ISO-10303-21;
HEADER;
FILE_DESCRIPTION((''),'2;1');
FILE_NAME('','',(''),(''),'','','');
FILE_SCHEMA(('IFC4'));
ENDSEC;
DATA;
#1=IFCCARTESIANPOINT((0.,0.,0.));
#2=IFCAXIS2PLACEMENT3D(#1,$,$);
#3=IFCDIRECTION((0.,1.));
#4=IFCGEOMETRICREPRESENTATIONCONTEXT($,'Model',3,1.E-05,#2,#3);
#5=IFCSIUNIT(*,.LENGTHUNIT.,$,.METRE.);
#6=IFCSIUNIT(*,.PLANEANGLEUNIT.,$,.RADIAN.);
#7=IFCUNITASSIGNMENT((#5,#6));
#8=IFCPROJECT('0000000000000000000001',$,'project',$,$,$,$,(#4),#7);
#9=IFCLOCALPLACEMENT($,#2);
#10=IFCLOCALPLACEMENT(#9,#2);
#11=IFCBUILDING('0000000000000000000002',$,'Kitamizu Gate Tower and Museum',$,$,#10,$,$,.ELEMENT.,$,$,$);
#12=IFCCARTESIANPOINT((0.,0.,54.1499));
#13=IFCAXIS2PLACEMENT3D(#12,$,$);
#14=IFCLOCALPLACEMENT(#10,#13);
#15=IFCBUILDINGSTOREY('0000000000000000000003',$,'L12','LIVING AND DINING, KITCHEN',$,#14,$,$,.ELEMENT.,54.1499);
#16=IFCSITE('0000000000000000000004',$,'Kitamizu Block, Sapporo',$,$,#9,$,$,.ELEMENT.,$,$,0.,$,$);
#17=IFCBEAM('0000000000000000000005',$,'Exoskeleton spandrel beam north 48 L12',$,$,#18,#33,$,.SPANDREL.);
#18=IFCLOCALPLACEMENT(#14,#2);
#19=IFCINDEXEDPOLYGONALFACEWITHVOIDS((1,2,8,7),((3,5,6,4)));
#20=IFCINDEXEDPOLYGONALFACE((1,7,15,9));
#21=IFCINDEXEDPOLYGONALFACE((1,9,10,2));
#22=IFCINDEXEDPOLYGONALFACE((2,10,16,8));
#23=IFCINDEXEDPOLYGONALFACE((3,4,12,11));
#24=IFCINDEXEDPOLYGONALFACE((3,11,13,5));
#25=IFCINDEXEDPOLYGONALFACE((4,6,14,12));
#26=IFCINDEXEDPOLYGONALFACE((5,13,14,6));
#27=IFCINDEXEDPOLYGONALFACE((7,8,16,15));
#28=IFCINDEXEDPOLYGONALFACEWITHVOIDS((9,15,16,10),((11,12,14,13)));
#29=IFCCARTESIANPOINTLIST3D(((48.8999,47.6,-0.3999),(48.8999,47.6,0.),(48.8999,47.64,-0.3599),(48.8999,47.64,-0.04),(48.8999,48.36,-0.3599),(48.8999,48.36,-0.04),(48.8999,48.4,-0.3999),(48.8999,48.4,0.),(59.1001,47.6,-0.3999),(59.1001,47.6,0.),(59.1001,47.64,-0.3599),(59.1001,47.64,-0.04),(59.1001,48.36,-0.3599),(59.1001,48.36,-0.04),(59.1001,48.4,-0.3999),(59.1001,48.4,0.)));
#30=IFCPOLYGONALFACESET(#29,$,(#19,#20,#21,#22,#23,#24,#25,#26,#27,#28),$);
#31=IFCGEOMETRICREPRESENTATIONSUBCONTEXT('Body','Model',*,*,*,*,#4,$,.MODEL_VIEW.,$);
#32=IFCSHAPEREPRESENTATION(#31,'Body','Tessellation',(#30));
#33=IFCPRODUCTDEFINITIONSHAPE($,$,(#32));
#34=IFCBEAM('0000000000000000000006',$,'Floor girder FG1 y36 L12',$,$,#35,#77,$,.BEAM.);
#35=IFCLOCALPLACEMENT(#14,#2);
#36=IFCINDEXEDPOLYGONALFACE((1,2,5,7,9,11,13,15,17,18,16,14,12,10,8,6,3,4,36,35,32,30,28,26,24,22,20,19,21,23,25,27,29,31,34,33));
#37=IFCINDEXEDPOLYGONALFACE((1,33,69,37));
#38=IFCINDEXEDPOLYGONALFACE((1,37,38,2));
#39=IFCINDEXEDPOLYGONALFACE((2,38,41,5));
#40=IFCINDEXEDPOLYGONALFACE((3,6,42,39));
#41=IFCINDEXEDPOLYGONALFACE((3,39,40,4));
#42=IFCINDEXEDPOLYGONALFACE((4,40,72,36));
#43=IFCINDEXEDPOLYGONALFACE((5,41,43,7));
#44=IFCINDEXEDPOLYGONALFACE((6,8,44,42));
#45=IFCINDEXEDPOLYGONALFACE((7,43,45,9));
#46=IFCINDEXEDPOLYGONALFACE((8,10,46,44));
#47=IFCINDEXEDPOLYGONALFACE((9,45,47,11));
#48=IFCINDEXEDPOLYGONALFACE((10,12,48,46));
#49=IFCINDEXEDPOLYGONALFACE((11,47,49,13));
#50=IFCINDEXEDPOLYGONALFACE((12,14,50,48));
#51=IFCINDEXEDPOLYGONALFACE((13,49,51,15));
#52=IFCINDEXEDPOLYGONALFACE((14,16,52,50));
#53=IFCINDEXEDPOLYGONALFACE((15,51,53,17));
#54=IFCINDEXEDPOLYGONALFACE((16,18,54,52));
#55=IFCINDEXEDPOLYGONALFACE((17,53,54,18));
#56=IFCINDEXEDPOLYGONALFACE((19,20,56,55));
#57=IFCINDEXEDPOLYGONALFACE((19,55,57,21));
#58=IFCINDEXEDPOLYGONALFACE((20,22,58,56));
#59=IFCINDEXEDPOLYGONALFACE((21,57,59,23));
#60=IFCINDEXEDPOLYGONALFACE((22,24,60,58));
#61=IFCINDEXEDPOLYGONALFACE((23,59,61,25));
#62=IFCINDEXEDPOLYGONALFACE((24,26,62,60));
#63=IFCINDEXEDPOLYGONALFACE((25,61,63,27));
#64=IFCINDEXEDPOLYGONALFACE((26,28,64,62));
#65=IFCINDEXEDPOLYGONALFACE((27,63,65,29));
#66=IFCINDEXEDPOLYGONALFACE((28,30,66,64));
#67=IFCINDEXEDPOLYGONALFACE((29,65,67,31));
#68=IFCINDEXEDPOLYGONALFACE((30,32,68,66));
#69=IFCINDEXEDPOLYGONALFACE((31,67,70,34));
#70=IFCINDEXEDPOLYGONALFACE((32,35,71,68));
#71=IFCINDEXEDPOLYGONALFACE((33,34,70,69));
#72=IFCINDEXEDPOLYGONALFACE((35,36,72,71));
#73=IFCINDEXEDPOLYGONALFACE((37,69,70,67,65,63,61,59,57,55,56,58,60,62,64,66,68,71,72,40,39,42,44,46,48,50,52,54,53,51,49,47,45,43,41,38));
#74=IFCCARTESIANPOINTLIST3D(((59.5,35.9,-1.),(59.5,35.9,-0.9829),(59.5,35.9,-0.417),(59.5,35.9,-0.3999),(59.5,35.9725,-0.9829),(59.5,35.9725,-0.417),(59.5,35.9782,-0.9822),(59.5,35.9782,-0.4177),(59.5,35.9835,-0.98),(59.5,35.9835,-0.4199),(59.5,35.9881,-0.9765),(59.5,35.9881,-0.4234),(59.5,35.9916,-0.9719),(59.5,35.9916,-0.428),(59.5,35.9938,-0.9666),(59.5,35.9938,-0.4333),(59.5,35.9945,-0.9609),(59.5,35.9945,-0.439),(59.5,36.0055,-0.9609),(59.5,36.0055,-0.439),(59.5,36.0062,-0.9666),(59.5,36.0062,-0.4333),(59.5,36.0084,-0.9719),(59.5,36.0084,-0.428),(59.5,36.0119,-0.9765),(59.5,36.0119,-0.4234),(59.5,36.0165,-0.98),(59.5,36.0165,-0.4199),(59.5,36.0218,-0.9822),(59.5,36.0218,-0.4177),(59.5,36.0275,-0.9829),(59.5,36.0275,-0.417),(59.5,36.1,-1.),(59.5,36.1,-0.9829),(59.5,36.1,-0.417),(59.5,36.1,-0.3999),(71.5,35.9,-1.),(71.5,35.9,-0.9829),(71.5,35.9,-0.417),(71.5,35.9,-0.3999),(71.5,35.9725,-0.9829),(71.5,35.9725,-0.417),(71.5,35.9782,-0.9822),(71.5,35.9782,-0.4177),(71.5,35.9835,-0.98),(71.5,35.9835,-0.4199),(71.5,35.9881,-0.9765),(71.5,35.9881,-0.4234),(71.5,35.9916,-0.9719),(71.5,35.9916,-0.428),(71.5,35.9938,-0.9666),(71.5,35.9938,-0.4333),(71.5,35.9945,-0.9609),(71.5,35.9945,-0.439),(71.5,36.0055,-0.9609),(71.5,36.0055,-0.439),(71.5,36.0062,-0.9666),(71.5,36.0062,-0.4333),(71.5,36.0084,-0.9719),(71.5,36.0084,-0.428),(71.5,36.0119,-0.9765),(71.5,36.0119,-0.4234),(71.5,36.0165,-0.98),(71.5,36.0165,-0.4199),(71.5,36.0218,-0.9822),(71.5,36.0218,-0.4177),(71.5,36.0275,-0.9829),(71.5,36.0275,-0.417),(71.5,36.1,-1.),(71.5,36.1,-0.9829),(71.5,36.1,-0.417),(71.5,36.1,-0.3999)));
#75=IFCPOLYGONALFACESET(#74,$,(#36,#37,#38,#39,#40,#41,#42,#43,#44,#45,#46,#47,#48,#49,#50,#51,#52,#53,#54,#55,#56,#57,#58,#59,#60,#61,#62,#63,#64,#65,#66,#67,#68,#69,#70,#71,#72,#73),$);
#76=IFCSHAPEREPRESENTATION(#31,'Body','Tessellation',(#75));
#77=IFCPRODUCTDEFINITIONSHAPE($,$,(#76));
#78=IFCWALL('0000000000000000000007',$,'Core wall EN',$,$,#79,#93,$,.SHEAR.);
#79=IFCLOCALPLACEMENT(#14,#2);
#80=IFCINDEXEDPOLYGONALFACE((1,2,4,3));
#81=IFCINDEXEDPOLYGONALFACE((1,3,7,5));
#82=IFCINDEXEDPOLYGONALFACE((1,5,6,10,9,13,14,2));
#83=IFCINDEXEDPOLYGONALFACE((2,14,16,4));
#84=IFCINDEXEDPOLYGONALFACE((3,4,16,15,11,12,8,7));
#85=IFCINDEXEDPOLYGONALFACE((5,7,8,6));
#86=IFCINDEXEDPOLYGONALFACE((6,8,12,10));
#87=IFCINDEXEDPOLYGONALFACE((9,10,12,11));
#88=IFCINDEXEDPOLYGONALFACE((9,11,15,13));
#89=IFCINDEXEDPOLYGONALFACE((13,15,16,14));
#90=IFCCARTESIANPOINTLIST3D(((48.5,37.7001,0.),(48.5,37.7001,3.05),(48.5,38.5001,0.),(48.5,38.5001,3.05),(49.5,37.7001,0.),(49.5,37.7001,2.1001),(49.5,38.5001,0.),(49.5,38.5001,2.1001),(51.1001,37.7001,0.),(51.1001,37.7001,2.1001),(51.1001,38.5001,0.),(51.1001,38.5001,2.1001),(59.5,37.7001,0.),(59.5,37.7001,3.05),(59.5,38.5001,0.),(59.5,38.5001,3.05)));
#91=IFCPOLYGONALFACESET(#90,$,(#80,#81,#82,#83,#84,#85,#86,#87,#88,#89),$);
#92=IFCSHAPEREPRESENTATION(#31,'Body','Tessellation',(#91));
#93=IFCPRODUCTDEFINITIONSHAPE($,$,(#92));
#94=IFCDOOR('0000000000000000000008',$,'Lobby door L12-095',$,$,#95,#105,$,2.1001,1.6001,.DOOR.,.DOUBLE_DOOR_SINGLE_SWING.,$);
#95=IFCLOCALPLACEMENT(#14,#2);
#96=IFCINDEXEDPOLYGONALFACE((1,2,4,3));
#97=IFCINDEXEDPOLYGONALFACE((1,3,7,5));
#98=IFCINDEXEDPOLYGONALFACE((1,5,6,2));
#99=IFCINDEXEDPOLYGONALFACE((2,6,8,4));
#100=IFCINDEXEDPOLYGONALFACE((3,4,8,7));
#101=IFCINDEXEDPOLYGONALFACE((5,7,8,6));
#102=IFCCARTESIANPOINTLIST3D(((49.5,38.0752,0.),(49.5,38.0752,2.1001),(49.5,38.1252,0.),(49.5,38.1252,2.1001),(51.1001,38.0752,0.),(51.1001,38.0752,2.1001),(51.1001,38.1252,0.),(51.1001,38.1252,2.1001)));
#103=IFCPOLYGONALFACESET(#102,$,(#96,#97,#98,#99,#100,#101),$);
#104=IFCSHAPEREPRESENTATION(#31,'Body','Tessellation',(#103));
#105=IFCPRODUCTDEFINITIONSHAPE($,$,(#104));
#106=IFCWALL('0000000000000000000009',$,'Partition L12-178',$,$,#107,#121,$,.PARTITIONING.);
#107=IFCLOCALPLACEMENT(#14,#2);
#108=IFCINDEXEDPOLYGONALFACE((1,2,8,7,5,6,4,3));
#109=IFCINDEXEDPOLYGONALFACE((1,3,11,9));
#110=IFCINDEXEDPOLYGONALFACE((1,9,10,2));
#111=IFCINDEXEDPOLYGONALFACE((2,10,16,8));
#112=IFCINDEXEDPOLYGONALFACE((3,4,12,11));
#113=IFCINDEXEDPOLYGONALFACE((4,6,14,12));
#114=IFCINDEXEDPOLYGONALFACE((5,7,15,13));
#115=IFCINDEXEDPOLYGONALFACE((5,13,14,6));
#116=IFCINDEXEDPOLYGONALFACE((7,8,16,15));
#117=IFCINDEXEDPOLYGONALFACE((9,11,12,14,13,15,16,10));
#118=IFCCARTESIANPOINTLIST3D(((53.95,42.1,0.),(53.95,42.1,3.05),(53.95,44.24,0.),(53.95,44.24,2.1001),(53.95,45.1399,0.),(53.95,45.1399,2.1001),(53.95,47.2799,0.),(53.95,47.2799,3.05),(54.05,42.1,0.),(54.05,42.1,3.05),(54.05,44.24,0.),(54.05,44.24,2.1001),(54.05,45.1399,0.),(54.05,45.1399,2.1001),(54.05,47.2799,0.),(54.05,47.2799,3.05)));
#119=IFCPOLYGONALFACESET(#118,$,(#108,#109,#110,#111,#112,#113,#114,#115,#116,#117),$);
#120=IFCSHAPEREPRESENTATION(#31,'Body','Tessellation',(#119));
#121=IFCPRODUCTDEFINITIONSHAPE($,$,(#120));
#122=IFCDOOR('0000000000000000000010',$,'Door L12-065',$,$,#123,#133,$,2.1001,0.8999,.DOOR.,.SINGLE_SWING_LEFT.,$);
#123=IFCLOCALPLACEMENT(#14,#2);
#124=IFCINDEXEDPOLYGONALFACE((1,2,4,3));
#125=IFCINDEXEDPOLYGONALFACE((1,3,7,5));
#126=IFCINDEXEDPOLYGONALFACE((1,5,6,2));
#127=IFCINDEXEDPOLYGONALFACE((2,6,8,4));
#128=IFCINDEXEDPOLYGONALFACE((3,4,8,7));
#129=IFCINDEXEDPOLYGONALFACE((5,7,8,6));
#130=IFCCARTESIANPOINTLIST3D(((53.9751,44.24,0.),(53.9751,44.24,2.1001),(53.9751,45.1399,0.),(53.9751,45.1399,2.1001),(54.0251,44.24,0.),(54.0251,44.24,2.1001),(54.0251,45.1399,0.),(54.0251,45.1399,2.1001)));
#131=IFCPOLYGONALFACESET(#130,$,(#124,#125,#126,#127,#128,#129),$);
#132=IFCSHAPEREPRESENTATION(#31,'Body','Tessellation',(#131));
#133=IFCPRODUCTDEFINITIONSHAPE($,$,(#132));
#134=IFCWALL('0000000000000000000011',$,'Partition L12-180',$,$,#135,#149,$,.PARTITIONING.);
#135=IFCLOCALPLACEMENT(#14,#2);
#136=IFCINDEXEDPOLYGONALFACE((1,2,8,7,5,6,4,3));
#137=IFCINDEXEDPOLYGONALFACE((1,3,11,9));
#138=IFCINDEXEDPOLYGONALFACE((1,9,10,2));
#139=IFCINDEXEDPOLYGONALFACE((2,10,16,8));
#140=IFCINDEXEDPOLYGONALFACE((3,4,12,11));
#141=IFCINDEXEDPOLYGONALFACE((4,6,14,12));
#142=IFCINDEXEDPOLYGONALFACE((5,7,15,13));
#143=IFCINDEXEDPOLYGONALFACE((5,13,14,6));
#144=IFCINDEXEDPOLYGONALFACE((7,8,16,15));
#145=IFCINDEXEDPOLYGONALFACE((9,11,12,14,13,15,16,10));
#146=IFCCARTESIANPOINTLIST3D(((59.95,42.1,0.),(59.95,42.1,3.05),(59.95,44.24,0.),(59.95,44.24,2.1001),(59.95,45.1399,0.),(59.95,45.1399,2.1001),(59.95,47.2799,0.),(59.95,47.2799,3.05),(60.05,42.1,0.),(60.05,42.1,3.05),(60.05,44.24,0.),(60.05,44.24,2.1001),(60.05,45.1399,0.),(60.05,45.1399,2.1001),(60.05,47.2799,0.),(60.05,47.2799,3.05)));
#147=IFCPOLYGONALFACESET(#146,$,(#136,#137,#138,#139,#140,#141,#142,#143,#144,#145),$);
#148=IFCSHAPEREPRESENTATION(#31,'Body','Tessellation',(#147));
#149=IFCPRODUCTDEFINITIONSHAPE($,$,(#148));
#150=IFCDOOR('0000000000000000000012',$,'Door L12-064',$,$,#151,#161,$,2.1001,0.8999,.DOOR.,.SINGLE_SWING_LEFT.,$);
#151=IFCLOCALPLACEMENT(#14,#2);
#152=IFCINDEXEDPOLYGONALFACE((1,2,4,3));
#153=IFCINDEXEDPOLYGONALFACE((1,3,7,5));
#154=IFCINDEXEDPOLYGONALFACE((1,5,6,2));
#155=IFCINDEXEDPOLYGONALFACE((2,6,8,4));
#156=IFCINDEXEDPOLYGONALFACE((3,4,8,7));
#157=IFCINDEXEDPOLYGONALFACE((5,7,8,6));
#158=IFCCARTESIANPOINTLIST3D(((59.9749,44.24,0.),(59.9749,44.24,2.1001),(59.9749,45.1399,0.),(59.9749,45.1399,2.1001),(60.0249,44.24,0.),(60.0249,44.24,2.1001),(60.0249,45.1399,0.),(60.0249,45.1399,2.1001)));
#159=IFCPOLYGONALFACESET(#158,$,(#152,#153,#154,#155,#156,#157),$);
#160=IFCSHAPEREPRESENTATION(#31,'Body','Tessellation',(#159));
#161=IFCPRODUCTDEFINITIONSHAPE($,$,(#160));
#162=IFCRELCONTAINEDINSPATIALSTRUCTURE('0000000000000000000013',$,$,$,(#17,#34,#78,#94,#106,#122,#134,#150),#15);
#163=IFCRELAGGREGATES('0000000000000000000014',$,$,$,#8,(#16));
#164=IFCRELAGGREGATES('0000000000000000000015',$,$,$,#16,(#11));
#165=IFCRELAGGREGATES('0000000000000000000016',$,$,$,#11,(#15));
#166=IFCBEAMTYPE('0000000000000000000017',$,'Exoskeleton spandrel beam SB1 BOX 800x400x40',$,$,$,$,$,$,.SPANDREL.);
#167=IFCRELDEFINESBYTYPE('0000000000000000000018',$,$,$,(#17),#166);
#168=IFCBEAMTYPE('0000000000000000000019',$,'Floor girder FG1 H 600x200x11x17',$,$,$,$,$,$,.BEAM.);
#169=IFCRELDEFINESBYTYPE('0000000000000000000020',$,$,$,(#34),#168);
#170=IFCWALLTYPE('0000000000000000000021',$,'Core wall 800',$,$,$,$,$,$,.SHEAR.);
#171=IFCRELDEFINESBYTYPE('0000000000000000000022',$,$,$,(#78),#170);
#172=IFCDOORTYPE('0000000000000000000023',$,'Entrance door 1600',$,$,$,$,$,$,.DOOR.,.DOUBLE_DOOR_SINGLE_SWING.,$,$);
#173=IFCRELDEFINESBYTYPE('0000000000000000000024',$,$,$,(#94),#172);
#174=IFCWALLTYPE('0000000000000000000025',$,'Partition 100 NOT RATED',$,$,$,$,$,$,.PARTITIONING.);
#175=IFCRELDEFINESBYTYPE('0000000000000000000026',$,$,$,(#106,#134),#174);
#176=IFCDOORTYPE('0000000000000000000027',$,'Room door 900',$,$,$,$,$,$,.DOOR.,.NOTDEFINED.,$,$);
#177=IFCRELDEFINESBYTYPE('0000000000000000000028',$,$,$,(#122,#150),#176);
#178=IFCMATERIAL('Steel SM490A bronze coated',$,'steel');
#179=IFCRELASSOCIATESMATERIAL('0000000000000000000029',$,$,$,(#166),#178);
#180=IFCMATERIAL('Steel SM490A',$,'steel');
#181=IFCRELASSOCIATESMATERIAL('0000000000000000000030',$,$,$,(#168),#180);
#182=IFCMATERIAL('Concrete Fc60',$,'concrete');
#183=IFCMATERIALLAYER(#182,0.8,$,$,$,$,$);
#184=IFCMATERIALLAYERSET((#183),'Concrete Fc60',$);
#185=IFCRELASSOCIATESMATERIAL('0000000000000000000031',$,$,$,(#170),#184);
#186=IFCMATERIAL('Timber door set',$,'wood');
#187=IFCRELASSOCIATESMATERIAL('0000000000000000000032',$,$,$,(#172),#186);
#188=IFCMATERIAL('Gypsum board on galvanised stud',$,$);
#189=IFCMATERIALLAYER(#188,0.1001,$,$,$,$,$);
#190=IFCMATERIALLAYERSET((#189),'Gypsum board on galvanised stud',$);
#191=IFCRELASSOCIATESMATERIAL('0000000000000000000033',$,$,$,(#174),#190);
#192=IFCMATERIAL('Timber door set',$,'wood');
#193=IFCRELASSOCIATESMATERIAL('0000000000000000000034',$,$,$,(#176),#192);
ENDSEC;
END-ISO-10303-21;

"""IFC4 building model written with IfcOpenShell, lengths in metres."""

from ifc_helpers import new_model, si_unit, direction, frame, frame_2d, origin, origin_2d, place, context, subcontext, project, spatial, rectangle, hollow_rectangle, i_section, extrude, material, layer, layer_set, material_profile, profile_set, type_object, element, fill, save


model = new_model("IFC4")

# Units and contexts
model_context = context("Model", 3, precision=1e-05, world=origin(), true_north=direction((0.0, 1.0)))
body_context = subcontext(model_context, "Body", "Model", "MODEL_VIEW")
ifc_project = project(units=[si_unit("LENGTHUNIT", "METRE"), si_unit("PLANEANGLEUNIT", "RADIAN")], contexts=[model_context])

# Site, building, storey
site_placement = place(None, origin())
site = spatial("IfcSite", under=ifc_project, at=site_placement, Name="Kitamizu Block, Sapporo", CompositionType="ELEMENT", RefElevation=0.0)
building_placement = place(site_placement, origin())
building = spatial("IfcBuilding", under=site, at=building_placement, Name="Kitamizu Gate Tower and Museum", CompositionType="ELEMENT")
storey_placement = place(building_placement, frame((0.0, 0.0, 54.1499)))
storey = spatial("IfcBuildingStorey", under=building, at=storey_placement, Name="L12", Description="LIVING AND DINING, KITCHEN", CompositionType="ELEMENT", Elevation=54.1499)

# Beams
ifc_material_1 = material(Name="Steel SM490A bronze coated", Category="steel")
ifc_material_profile_1 = material_profile(ifc_material_1, hollow_rectangle(XDim=0.8, YDim=0.3999, WallThickness=0.04, at=origin_2d()), Name="BOX 800x400x40")
ifc_profile_set_1 = profile_set([ifc_material_profile_1], Name="Steel SM490A bronze coated")
beam_type_1 = type_object("IfcBeamType", Name="Exoskeleton spandrel beam SB1 BOX 800x400x40", PredefinedType="SPANDREL", material=ifc_profile_set_1)
beam_1_placement = place(storey_placement, frame((48.8999, 48.0, -0.2), z_axis=(1.0, 0.0, 0.0), x_axis=(0.0, 1.0, 0.0)))
element("IfcBeam", 1, at=beam_1_placement, inside=storey, type_object=beam_type_1, Name="Exoskeleton spandrel beam north 48 L12", PredefinedType="SPANDREL", context=body_context, shape_type="SweptSolid", body=[
    extrude(hollow_rectangle(XDim=0.8, YDim=0.3999, WallThickness=0.04, at=origin_2d()), origin(), (0.0, 0.0, 1.0), 10.2002),
])
ifc_material_2 = material(Name="Steel SM490A", Category="steel")
ifc_material_profile_2 = material_profile(ifc_material_2, i_section(OverallWidth=0.2, OverallDepth=0.6001, WebThickness=0.011, FlangeThickness=0.0171, FilletRadius=0.022, at=origin_2d()), Name="H-600x200x11x17")
ifc_profile_set_2 = profile_set([ifc_material_profile_2], Name="Steel SM490A")
beam_type_2 = type_object("IfcBeamType", Name="Floor girder FG1 H 600x200x11x17", PredefinedType="BEAM", material=ifc_profile_set_2)
beam_2_placement = place(storey_placement, frame((59.5, 36.0, -0.7), z_axis=(1.0, 0.0, 0.0), x_axis=(0.0, 1.0, 0.0)))
element("IfcBeam", 2, at=beam_2_placement, inside=storey, type_object=beam_type_2, Name="Floor girder FG1 y36 L12", PredefinedType="BEAM", context=body_context, shape_type="SweptSolid", body=[
    extrude(i_section(OverallWidth=0.2, OverallDepth=0.6001, WebThickness=0.011, FlangeThickness=0.0171, FilletRadius=0.022, at=origin_2d()), origin(), (0.0, 0.0, 1.0), 12.0),
])

# Walls, openings, doors
ifc_material_3 = material(Name="Concrete Fc60", Category="concrete")
ifc_layer_1 = layer(ifc_material_3, 0.8)
ifc_layer_set_1 = layer_set([ifc_layer_1], Name="Concrete Fc60")
wall_type_1 = type_object("IfcWallType", Name="Core wall 800", PredefinedType="SHEAR", material=ifc_layer_set_1)
wall_1_placement = place(storey_placement, frame((59.5, 38.1001, 0.0), z_axis=(0.0, 0.0, 1.0), x_axis=(-1.0, 0.0, 0.0)))
wall_1 = element("IfcWall", 3, at=wall_1_placement, inside=storey, type_object=wall_type_1, Name="Core wall EN", PredefinedType="SHEAR", context=body_context, shape_type="SweptSolid", body=[
    extrude(rectangle(XDim=11.0, YDim=0.8, at=frame_2d((5.5, 0.0))), origin(), (0.0, 0.0, 1.0), 3.05),
])
opening_1_placement = place(wall_1_placement, frame((8.3999, 0.0, 0.0)))
opening_1 = element("IfcOpeningElement", 4, at=opening_1_placement, cuts=wall_1, PredefinedType="OPENING", context=body_context, shape_type="SweptSolid", body=[
    extrude(rectangle(XDim=1.6001, YDim=2.1001, at=frame_2d((0.8, 1.05))), frame((0.0, 0.4102, 0.0), z_axis=(0.0, -1.0, 0.0), x_axis=(1.0, 0.0, 0.0)), (0.0, 0.0, 1.0), 0.8201),
])
ifc_material_4 = material(Name="Timber door set", Category="wood")
door_type_1 = type_object("IfcDoorType", Name="Entrance door 1600", OperationType="DOUBLE_DOOR_SINGLE_SWING", PredefinedType="DOOR", material=ifc_material_4)
door_1_placement = place(opening_1_placement, origin())
door_1 = element("IfcDoor", 5, at=door_1_placement, inside=storey, type_object=door_type_1, Name="Lobby door L12-095", OperationType="DOUBLE_DOOR_SINGLE_SWING", OverallHeight=2.1001, OverallWidth=1.6001, PredefinedType="DOOR", context=body_context, shape_type="SweptSolid", body=[
    extrude(rectangle(XDim=1.6001, YDim=2.1001, at=frame_2d((0.8, 1.05))), frame((0.0, 0.0249, 0.0), z_axis=(0.0, -1.0, 0.0), x_axis=(1.0, 0.0, 0.0)), (0.0, 0.0, 1.0), 0.05),
])
fill(opening_1, door_1)
ifc_material_5 = material(Name="Gypsum board on galvanised stud")
ifc_layer_2 = layer(ifc_material_5, 0.1001)
ifc_layer_set_2 = layer_set([ifc_layer_2], Name="Gypsum board on galvanised stud")
wall_type_2 = type_object("IfcWallType", Name="Partition 100 NOT RATED", PredefinedType="PARTITIONING", material=ifc_layer_set_2)
wall_2_placement = place(storey_placement, frame((54.0, 42.1001, 0.0), z_axis=(0.0, 0.0, 1.0), x_axis=(0.0, 1.0, 0.0)))
wall_2 = element("IfcWall", 6, at=wall_2_placement, inside=storey, type_object=wall_type_2, Name="Partition L12-178", PredefinedType="PARTITIONING", context=body_context, shape_type="SweptSolid", body=[
    extrude(rectangle(XDim=5.1799, YDim=0.1001, at=frame_2d((2.5898, 0.0))), origin(), (0.0, 0.0, 1.0), 3.05),
])
opening_2_placement = place(wall_2_placement, frame((2.1399, 0.0, 0.0)))
opening_2 = element("IfcOpeningElement", 7, at=opening_2_placement, cuts=wall_2, PredefinedType="OPENING", context=body_context, shape_type="SweptSolid", body=[
    extrude(rectangle(XDim=0.8999, YDim=2.1001, at=frame_2d((0.45, 1.05))), frame((0.0, 0.0601, 0.0), z_axis=(0.0, -1.0, 0.0), x_axis=(1.0, 0.0, 0.0)), (0.0, 0.0, 1.0), 0.1201),
])
ifc_material_6 = material(Name="Timber door set", Category="wood")
door_type_2 = type_object("IfcDoorType", Name="Room door 900", OperationType="NOTDEFINED", PredefinedType="DOOR", material=ifc_material_6)
door_2_placement = place(opening_2_placement, origin())
door_2 = element("IfcDoor", 8, at=door_2_placement, inside=storey, type_object=door_type_2, Name="Door L12-065", OperationType="SINGLE_SWING_LEFT", OverallHeight=2.1001, OverallWidth=0.8999, PredefinedType="DOOR", context=body_context, shape_type="SweptSolid", body=[
    extrude(rectangle(XDim=0.8999, YDim=2.1001, at=frame_2d((0.45, 1.05))), frame((0.0, 0.0249, 0.0), z_axis=(0.0, -1.0, 0.0), x_axis=(1.0, 0.0, 0.0)), (0.0, 0.0, 1.0), 0.05),
])
fill(opening_2, door_2)
wall_3_placement = place(storey_placement, frame((60.0, 42.1001, 0.0), z_axis=(0.0, 0.0, 1.0), x_axis=(0.0, 1.0, 0.0)))
wall_3 = element("IfcWall", 9, at=wall_3_placement, inside=storey, type_object=wall_type_2, Name="Partition L12-180", PredefinedType="PARTITIONING", context=body_context, shape_type="SweptSolid", body=[
    extrude(rectangle(XDim=5.1799, YDim=0.1001, at=frame_2d((2.5898, 0.0))), origin(), (0.0, 0.0, 1.0), 3.05),
])
opening_3_placement = place(wall_3_placement, frame((2.1399, 0.0, 0.0)))
opening_3 = element("IfcOpeningElement", 10, at=opening_3_placement, cuts=wall_3, PredefinedType="OPENING", context=body_context, shape_type="SweptSolid", body=[
    extrude(rectangle(XDim=0.8999, YDim=2.1001, at=frame_2d((0.45, 1.05))), frame((0.0, 0.0601, 0.0), z_axis=(0.0, -1.0, 0.0), x_axis=(1.0, 0.0, 0.0)), (0.0, 0.0, 1.0), 0.1201),
])
door_3_placement = place(opening_3_placement, frame((0.8999, 0.0, 0.0), x_axis=(-1.0, 0.0, 0.0)))
door_3 = element("IfcDoor", 11, at=door_3_placement, inside=storey, type_object=door_type_2, Name="Door L12-064", OperationType="SINGLE_SWING_LEFT", OverallHeight=2.1001, OverallWidth=0.8999, PredefinedType="DOOR", context=body_context, shape_type="SweptSolid", body=[
    extrude(rectangle(XDim=0.8999, YDim=2.1001, at=frame_2d((0.45, 1.05))), frame((0.0, 0.0249, 0.0), z_axis=(0.0, -1.0, 0.0), x_axis=(1.0, 0.0, 0.0)), (0.0, 0.0, 1.0), 0.05),
])
fill(opening_3, door_3)

save(model, "model.ifc")
